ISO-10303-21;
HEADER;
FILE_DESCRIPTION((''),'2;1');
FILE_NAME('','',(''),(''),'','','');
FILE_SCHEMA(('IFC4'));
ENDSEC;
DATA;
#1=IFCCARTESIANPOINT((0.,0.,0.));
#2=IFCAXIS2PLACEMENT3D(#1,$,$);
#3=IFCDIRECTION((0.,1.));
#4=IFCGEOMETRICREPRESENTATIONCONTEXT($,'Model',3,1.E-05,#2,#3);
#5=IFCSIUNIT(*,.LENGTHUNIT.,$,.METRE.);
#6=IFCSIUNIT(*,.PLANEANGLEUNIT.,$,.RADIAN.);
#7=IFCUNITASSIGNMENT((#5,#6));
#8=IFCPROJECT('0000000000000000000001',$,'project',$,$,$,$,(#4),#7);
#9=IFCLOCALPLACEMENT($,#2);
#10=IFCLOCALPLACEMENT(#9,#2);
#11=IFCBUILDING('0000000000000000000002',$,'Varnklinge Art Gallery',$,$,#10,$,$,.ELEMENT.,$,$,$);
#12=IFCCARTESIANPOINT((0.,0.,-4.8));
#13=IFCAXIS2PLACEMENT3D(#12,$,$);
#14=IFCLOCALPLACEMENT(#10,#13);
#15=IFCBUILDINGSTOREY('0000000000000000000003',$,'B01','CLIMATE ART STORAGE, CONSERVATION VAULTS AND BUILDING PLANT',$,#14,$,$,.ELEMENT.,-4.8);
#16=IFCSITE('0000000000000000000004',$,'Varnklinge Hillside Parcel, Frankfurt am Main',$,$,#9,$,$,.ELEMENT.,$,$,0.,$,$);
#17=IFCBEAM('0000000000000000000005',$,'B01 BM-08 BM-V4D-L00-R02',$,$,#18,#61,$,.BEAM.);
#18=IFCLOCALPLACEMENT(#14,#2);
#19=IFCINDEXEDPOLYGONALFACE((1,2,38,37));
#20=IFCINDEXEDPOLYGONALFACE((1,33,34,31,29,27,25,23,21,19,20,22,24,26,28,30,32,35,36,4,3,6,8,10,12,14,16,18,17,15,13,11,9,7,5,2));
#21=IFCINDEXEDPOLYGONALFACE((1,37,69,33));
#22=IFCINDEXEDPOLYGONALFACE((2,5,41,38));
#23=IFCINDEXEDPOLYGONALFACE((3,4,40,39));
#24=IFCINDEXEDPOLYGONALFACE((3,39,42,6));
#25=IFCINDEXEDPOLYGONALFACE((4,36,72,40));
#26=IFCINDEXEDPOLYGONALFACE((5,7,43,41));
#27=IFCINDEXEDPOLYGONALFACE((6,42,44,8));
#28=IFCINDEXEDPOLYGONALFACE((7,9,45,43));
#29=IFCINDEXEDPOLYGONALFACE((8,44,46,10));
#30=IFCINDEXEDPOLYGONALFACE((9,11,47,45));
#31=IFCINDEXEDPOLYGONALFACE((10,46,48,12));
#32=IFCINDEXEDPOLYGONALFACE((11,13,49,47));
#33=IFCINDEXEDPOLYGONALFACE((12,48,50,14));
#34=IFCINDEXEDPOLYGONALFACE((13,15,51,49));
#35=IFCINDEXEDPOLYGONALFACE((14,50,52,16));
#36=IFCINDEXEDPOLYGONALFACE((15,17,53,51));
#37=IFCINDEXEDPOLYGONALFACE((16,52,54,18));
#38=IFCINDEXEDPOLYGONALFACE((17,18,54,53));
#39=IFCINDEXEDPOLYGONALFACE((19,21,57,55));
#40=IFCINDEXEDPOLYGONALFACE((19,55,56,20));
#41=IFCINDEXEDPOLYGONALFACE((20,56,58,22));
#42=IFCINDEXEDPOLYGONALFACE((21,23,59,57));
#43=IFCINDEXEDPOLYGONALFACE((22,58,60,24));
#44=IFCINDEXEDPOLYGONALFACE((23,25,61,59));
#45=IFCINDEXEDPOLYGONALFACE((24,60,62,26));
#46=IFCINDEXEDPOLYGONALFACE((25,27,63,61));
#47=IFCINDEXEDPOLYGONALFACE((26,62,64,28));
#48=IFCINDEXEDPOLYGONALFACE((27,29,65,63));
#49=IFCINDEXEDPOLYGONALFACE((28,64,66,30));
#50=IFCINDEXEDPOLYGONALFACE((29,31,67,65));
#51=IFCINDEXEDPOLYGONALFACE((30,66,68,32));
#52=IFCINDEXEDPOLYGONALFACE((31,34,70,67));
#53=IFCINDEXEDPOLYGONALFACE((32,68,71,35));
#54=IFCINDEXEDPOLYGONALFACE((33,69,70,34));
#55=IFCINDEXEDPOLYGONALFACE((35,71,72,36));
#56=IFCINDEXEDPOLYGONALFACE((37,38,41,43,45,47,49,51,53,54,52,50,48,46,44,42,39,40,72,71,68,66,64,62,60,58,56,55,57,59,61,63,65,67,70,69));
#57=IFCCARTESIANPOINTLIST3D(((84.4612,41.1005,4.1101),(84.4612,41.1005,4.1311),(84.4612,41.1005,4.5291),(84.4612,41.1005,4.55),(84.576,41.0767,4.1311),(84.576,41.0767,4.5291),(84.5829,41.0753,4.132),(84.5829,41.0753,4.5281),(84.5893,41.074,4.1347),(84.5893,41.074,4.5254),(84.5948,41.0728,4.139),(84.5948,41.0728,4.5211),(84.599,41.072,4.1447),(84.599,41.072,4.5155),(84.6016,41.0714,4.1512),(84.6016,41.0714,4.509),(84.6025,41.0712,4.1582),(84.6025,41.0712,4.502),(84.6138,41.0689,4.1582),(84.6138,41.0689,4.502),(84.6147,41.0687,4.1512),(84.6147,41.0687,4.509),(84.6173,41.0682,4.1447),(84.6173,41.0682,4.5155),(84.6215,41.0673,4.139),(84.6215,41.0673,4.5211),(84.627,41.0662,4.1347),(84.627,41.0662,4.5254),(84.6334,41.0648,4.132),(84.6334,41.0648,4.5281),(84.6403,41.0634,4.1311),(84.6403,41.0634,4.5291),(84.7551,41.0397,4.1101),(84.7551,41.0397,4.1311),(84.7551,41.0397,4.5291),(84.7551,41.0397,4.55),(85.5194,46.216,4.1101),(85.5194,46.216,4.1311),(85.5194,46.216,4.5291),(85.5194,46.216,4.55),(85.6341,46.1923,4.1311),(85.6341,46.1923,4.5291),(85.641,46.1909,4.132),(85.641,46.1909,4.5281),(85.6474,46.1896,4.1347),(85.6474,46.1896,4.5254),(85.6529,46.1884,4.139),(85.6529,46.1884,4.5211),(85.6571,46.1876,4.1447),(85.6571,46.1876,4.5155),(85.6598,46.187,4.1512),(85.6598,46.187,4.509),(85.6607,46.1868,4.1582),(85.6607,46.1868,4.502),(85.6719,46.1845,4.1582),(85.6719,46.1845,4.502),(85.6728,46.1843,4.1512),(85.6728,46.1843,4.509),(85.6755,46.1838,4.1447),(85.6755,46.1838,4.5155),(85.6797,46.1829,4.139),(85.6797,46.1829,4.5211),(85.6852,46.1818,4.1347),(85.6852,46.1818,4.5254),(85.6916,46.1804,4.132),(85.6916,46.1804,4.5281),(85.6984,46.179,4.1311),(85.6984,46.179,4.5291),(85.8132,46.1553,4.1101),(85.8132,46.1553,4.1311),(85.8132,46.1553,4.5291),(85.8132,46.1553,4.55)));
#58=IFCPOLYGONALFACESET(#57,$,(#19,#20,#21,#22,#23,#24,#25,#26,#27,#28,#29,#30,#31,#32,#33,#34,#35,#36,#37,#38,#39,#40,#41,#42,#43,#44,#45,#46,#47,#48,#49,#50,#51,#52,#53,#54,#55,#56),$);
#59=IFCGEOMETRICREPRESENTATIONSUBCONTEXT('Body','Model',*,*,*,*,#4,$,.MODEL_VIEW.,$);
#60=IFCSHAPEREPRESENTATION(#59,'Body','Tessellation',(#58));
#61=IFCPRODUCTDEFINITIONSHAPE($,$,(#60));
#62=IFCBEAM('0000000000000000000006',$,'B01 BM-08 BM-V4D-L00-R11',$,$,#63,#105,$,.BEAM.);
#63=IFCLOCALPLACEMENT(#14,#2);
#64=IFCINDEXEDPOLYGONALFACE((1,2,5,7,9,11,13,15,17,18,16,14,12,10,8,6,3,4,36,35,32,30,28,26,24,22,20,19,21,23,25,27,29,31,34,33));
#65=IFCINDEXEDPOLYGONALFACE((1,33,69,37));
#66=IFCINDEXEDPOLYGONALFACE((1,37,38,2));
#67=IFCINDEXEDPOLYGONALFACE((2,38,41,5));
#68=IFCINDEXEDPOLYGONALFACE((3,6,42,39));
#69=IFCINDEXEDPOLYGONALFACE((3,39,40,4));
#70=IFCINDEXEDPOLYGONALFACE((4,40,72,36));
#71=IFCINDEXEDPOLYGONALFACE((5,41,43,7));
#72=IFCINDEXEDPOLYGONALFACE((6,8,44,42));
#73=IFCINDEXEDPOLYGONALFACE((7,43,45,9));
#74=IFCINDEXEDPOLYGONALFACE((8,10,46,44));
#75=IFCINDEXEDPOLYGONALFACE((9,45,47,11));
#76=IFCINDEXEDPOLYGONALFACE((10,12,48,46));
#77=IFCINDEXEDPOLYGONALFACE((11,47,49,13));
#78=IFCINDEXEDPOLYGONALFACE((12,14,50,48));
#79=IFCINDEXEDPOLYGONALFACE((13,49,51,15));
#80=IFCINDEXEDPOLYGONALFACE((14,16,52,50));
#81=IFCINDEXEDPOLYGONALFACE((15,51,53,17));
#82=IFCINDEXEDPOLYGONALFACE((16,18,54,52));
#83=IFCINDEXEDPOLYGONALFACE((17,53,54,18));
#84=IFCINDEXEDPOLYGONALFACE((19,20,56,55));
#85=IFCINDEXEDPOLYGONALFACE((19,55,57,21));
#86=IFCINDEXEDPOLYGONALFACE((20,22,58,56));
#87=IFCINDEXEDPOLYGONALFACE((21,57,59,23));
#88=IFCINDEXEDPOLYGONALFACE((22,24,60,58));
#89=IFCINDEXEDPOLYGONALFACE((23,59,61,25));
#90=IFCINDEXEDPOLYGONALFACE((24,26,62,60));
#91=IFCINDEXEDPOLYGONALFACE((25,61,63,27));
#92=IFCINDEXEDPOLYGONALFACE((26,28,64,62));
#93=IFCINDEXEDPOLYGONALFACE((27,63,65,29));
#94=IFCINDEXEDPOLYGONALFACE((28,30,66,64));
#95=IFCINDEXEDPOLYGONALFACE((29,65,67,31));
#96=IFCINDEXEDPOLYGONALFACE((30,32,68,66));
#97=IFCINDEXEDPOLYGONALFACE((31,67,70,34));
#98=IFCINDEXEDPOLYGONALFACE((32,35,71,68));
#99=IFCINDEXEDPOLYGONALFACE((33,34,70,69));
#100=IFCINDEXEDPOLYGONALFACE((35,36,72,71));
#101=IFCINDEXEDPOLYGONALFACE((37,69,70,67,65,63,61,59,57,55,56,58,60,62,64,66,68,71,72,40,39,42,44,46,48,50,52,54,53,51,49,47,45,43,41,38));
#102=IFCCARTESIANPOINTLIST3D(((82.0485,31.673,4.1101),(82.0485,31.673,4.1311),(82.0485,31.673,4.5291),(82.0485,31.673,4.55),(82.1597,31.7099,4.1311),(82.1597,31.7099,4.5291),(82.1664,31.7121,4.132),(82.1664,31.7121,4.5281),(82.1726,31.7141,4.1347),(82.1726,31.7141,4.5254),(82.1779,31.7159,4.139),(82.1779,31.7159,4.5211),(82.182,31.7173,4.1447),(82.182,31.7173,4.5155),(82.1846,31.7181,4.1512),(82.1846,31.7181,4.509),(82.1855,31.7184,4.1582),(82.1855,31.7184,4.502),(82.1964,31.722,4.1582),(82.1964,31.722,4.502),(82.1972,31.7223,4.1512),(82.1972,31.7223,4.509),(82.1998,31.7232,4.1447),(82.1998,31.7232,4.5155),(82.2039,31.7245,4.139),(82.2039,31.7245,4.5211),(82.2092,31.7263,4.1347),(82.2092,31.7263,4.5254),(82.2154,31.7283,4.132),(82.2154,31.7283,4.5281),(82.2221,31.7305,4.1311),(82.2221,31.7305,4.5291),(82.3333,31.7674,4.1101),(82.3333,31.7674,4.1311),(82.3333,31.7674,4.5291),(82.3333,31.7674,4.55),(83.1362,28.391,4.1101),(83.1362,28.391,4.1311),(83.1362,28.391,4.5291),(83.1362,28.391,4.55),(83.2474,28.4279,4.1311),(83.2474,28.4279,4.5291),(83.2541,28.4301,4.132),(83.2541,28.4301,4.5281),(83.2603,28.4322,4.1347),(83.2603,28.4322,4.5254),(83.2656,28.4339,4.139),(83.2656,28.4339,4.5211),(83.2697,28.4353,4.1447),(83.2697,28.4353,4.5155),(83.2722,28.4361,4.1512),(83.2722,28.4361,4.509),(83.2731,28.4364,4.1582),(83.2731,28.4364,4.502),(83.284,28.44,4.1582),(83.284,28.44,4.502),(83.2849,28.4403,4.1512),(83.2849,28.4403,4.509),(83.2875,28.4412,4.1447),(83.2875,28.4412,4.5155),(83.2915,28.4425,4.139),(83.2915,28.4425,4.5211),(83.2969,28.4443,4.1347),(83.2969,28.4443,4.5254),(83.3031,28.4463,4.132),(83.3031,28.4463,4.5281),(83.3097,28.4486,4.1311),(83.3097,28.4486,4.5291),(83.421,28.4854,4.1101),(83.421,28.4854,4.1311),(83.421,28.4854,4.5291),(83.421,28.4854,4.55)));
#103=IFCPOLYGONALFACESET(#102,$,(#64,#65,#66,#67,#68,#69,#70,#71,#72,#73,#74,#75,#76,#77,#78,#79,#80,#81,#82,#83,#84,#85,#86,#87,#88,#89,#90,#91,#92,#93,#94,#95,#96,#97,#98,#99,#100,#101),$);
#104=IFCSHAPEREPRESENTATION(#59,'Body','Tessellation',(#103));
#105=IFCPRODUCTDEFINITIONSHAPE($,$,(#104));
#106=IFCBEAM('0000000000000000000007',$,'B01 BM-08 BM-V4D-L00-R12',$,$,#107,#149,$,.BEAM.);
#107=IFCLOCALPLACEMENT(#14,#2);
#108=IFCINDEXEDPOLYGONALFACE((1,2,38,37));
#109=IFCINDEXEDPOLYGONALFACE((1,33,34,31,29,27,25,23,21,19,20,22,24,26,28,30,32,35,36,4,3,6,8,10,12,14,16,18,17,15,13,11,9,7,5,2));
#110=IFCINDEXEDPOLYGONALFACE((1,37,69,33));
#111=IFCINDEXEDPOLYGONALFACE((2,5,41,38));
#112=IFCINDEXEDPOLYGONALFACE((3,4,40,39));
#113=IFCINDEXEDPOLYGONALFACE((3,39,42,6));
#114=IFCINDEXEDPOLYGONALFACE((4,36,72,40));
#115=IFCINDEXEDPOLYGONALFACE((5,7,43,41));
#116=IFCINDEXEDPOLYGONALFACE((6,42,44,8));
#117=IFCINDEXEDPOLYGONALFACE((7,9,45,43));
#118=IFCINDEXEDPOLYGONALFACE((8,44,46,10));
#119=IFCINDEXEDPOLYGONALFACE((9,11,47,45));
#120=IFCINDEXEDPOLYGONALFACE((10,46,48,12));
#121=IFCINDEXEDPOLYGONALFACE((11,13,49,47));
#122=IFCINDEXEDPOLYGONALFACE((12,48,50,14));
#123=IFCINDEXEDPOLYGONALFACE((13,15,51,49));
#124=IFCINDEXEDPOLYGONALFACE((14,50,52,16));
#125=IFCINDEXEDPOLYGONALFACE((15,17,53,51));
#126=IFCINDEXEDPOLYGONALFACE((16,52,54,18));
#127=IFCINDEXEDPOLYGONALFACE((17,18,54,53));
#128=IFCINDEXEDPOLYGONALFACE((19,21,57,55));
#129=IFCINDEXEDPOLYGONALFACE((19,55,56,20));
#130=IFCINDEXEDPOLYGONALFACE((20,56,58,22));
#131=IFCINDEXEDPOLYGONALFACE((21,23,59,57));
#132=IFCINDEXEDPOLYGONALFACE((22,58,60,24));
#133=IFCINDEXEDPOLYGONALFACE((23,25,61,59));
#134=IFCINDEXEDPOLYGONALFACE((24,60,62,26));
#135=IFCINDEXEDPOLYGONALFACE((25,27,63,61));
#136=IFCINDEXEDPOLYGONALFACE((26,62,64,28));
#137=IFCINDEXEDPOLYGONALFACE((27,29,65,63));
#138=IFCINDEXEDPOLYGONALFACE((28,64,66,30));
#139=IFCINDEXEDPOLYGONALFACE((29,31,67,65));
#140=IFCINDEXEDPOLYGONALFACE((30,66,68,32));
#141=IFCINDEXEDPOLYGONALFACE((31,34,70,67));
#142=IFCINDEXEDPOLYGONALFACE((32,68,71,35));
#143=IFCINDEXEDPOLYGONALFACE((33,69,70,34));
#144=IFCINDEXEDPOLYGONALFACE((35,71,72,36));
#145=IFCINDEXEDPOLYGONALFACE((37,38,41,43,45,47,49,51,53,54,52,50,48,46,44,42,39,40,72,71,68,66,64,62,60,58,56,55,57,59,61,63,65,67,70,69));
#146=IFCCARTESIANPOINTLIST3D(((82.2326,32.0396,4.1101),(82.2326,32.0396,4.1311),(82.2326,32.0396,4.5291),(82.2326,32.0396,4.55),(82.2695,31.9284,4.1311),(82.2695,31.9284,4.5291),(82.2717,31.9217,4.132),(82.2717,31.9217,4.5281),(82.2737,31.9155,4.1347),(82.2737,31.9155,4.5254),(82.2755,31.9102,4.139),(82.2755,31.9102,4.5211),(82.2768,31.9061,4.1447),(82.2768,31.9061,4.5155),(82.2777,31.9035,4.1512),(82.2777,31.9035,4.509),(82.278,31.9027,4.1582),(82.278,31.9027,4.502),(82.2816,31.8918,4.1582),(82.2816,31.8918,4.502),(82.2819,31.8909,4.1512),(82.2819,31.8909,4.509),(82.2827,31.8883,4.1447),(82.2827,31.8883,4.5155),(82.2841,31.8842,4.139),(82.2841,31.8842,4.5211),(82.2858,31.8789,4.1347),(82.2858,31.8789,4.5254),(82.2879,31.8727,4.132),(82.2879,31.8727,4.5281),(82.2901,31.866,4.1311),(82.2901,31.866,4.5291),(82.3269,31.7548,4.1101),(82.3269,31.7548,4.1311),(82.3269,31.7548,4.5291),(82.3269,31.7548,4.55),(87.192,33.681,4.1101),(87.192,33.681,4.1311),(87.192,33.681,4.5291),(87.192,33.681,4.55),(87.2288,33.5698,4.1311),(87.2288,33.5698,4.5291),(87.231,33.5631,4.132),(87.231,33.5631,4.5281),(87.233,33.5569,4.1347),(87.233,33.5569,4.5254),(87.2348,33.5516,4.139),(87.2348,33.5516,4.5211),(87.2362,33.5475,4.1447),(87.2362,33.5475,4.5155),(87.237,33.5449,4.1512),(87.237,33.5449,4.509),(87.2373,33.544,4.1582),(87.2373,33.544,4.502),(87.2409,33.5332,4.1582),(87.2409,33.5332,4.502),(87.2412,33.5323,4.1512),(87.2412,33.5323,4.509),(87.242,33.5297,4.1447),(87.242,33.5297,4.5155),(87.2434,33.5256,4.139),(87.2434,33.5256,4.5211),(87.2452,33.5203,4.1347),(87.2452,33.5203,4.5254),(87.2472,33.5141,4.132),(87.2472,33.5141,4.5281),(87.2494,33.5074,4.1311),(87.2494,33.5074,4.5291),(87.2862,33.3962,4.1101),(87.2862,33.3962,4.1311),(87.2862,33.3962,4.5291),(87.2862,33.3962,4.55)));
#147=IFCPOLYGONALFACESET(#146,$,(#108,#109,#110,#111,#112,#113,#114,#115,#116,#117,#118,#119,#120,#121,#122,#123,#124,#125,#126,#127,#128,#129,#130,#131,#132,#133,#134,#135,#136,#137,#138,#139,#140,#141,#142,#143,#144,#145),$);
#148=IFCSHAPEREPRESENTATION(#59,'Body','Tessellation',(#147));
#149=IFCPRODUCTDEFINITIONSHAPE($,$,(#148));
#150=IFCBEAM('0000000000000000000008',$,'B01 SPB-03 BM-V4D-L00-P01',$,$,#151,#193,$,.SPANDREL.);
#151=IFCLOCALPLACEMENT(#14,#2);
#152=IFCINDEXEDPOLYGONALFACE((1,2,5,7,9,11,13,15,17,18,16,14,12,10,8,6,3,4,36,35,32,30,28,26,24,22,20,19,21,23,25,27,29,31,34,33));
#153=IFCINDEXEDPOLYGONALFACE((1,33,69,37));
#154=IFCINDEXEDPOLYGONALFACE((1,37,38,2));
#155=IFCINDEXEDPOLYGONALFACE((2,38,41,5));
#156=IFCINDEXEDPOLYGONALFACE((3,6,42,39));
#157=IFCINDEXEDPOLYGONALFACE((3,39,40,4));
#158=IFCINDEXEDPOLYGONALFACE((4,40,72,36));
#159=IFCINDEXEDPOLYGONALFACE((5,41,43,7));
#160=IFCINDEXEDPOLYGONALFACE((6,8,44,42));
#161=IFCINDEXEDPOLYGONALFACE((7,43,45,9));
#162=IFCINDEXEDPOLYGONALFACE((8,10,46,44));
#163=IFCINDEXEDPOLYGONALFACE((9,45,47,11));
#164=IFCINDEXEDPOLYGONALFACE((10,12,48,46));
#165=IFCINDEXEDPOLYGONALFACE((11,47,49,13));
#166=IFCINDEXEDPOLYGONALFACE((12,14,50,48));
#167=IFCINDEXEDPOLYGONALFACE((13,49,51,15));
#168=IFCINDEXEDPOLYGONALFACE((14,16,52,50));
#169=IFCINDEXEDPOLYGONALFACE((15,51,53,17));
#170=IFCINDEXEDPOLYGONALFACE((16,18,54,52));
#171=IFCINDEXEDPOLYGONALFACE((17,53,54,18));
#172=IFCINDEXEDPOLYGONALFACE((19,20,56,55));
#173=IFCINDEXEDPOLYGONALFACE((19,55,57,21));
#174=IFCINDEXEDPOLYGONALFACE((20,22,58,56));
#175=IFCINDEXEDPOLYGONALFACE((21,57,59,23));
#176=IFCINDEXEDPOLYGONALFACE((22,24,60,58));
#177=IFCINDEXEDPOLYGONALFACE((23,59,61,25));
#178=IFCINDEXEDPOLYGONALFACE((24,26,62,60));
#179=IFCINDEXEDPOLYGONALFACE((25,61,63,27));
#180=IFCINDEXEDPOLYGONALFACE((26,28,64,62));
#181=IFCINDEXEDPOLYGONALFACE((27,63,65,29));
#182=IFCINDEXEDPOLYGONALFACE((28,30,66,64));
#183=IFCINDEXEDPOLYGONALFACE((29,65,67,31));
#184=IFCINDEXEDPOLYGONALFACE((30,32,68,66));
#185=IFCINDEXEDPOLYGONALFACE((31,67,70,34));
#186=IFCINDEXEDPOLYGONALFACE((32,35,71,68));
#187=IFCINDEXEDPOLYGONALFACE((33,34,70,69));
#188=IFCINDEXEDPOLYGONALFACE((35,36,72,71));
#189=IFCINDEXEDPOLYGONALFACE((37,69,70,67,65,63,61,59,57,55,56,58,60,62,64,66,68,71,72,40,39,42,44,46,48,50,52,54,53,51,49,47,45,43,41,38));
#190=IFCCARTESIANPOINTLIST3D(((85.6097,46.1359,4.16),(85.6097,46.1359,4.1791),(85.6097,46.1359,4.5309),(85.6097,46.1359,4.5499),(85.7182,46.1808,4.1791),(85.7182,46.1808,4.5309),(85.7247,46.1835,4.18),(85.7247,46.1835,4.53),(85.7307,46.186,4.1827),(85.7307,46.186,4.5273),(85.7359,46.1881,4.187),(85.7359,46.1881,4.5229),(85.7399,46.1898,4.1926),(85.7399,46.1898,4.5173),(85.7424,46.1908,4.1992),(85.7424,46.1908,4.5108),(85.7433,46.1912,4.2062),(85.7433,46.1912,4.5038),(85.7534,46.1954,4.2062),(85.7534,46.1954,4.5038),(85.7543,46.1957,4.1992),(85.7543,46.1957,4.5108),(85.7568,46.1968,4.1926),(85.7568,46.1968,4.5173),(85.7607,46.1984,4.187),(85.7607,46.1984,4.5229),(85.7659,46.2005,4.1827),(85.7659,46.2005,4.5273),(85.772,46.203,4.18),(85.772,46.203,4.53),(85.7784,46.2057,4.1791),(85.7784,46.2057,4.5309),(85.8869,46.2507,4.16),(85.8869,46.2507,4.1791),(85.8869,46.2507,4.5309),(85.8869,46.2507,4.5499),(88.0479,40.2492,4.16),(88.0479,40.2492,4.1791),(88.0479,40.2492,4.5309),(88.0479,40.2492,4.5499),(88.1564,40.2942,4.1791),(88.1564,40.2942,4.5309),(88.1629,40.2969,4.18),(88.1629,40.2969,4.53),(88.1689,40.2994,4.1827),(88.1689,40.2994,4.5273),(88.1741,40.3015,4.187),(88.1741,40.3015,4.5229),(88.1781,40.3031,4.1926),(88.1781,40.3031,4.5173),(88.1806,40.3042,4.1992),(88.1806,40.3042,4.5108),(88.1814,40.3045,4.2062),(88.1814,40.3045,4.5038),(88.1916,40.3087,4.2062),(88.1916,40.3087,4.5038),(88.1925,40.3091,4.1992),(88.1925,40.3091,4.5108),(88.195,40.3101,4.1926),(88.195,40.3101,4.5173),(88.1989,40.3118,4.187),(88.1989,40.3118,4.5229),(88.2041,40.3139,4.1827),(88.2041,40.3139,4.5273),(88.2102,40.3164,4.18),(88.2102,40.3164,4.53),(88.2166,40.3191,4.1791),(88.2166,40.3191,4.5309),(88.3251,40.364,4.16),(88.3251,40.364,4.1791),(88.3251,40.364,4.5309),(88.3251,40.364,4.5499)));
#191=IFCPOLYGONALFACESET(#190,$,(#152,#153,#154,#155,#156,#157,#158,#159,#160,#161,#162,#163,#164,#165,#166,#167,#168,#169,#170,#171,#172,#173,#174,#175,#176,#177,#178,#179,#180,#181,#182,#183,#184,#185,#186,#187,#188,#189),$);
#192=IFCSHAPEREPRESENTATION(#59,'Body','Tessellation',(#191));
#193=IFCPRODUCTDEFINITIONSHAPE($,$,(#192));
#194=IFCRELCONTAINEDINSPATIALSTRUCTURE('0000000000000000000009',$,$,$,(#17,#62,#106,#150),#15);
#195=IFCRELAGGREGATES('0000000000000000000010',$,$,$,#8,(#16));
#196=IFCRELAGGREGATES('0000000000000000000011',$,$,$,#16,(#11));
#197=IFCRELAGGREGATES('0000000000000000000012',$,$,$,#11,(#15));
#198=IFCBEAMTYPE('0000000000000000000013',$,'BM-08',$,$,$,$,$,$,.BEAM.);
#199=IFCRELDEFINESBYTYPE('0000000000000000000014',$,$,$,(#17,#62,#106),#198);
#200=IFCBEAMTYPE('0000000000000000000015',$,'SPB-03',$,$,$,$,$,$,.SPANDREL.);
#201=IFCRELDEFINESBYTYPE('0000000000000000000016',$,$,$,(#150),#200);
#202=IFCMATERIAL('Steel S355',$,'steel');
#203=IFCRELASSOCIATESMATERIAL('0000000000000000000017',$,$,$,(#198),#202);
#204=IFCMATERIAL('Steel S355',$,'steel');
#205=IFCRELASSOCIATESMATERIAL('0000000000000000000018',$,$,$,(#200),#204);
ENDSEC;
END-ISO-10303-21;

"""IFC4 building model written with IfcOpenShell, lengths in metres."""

from ifc_helpers import new_model, si_unit, direction, frame, origin, origin_2d, place, context, subcontext, project, spatial, i_section, extrude, material, material_profile, profile_set, type_object, element, save


model = new_model("IFC4")

# Units and contexts
model_context = context("Model", 3, precision=1e-05, world=origin(), true_north=direction((0.0, 1.0)))
body_context = subcontext(model_context, "Body", "Model", "MODEL_VIEW")
ifc_project = project(units=[si_unit("LENGTHUNIT", "METRE"), si_unit("PLANEANGLEUNIT", "RADIAN")], contexts=[model_context])

# Site, building, storey
site_placement = place(None, origin())
site = spatial("IfcSite", under=ifc_project, at=site_placement, Name="Varnklinge Hillside Parcel, Frankfurt am Main", CompositionType="ELEMENT", RefElevation=0.0)
building_placement = place(site_placement, origin())
building = spatial("IfcBuilding", under=site, at=building_placement, Name="Varnklinge Art Gallery", CompositionType="ELEMENT")
storey_placement = place(building_placement, frame((0.0, 0.0, -4.8)))
storey = spatial("IfcBuildingStorey", under=building, at=storey_placement, Name="B01", Description="CLIMATE ART STORAGE, CONSERVATION VAULTS AND BUILDING PLANT", CompositionType="ELEMENT", Elevation=-4.8)

# Beams
ifc_material_1 = material(Name="Steel S355", Category="steel")
ifc_material_profile_1 = material_profile(ifc_material_1, i_section(OverallWidth=0.3, OverallDepth=0.4399, WebThickness=0.0115, FlangeThickness=0.021, FilletRadius=0.0271, at=origin_2d()), Name="HEA 450")
ifc_profile_set_1 = profile_set([ifc_material_profile_1], Name="Steel S355")
beam_type_1 = type_object("IfcBeamType", Name="BM-08", PredefinedType="BEAM", material=ifc_profile_set_1)
beam_1_placement = place(storey_placement, frame((84.6082, 41.0701, 4.3301), z_axis=(0.202556, 0.979271, 0.0), x_axis=(-0.979271, 0.202556, 0.0)))
element("IfcBeam", 1, at=beam_1_placement, inside=storey, type_object=beam_type_1, Name="B01 BM-08 BM-V4D-L00-R02", PredefinedType="BEAM", context=body_context, shape_type="SweptSolid", body=[
    extrude(i_section(OverallWidth=0.3, OverallDepth=0.4399, WebThickness=0.0115, FlangeThickness=0.021, FilletRadius=0.0271, at=origin_2d()), origin(), (0.0, 0.0, 1.0), 5.2239),
])
beam_2_placement = place(storey_placement, frame((82.1909, 31.7202, 4.3301), z_axis=(0.314575, -0.949233, 0.0), x_axis=(0.949233, 0.314575, 0.0)))
element("IfcBeam", 2, at=beam_2_placement, inside=storey, type_object=beam_type_1, Name="B01 BM-08 BM-V4D-L00-R11", PredefinedType="BEAM", context=body_context, shape_type="SweptSolid", body=[
    extrude(i_section(OverallWidth=0.3, OverallDepth=0.4399, WebThickness=0.0115, FlangeThickness=0.021, FilletRadius=0.0271, at=origin_2d()), origin(), (0.0, 0.0, 1.0), 3.4575),
])
beam_3_placement = place(storey_placement, frame((82.2798, 31.8972, 4.3301), z_axis=(0.949354, 0.314208, 0.0), x_axis=(-0.314208, 0.949354, 0.0)))
element("IfcBeam", 3, at=beam_3_placement, inside=storey, type_object=beam_type_1, Name="B01 BM-08 BM-V4D-L00-R12", PredefinedType="BEAM", context=body_context, shape_type="SweptSolid", body=[
    extrude(i_section(OverallWidth=0.3, OverallDepth=0.4399, WebThickness=0.0115, FlangeThickness=0.021, FilletRadius=0.0271, at=origin_2d()), origin(), (0.0, 0.0, 1.0), 5.2239),
])
ifc_material_2 = material(Name="Steel S355", Category="steel")
ifc_material_profile_2 = material_profile(ifc_material_2, i_section(OverallWidth=0.3, OverallDepth=0.3899, WebThickness=0.011, FlangeThickness=0.019, FilletRadius=0.0271, at=origin_2d()), Name="HEA 400")
ifc_profile_set_2 = profile_set([ifc_material_profile_2], Name="Steel S355")
beam_type_2 = type_object("IfcBeamType", Name="SPB-03", PredefinedType="SPANDREL", material=ifc_profile_set_2)
beam_4_placement = place(storey_placement, frame((88.1865, 40.3066, 4.355), z_axis=(-0.382667, 0.923887, 0.0), x_axis=(-0.923887, -0.382667, 0.0)))
element("IfcBeam", 4, at=beam_4_placement, inside=storey, type_object=beam_type_2, Name="B01 SPB-03 BM-V4D-L00-P01", PredefinedType="SPANDREL", context=body_context, shape_type="SweptSolid", body=[
    extrude(i_section(OverallWidth=0.3, OverallDepth=0.3899, WebThickness=0.011, FlangeThickness=0.019, FilletRadius=0.0271, at=origin_2d()), origin(), (0.0, 0.0, 1.0), 6.3716),
])

save(model, "model.ifc")
